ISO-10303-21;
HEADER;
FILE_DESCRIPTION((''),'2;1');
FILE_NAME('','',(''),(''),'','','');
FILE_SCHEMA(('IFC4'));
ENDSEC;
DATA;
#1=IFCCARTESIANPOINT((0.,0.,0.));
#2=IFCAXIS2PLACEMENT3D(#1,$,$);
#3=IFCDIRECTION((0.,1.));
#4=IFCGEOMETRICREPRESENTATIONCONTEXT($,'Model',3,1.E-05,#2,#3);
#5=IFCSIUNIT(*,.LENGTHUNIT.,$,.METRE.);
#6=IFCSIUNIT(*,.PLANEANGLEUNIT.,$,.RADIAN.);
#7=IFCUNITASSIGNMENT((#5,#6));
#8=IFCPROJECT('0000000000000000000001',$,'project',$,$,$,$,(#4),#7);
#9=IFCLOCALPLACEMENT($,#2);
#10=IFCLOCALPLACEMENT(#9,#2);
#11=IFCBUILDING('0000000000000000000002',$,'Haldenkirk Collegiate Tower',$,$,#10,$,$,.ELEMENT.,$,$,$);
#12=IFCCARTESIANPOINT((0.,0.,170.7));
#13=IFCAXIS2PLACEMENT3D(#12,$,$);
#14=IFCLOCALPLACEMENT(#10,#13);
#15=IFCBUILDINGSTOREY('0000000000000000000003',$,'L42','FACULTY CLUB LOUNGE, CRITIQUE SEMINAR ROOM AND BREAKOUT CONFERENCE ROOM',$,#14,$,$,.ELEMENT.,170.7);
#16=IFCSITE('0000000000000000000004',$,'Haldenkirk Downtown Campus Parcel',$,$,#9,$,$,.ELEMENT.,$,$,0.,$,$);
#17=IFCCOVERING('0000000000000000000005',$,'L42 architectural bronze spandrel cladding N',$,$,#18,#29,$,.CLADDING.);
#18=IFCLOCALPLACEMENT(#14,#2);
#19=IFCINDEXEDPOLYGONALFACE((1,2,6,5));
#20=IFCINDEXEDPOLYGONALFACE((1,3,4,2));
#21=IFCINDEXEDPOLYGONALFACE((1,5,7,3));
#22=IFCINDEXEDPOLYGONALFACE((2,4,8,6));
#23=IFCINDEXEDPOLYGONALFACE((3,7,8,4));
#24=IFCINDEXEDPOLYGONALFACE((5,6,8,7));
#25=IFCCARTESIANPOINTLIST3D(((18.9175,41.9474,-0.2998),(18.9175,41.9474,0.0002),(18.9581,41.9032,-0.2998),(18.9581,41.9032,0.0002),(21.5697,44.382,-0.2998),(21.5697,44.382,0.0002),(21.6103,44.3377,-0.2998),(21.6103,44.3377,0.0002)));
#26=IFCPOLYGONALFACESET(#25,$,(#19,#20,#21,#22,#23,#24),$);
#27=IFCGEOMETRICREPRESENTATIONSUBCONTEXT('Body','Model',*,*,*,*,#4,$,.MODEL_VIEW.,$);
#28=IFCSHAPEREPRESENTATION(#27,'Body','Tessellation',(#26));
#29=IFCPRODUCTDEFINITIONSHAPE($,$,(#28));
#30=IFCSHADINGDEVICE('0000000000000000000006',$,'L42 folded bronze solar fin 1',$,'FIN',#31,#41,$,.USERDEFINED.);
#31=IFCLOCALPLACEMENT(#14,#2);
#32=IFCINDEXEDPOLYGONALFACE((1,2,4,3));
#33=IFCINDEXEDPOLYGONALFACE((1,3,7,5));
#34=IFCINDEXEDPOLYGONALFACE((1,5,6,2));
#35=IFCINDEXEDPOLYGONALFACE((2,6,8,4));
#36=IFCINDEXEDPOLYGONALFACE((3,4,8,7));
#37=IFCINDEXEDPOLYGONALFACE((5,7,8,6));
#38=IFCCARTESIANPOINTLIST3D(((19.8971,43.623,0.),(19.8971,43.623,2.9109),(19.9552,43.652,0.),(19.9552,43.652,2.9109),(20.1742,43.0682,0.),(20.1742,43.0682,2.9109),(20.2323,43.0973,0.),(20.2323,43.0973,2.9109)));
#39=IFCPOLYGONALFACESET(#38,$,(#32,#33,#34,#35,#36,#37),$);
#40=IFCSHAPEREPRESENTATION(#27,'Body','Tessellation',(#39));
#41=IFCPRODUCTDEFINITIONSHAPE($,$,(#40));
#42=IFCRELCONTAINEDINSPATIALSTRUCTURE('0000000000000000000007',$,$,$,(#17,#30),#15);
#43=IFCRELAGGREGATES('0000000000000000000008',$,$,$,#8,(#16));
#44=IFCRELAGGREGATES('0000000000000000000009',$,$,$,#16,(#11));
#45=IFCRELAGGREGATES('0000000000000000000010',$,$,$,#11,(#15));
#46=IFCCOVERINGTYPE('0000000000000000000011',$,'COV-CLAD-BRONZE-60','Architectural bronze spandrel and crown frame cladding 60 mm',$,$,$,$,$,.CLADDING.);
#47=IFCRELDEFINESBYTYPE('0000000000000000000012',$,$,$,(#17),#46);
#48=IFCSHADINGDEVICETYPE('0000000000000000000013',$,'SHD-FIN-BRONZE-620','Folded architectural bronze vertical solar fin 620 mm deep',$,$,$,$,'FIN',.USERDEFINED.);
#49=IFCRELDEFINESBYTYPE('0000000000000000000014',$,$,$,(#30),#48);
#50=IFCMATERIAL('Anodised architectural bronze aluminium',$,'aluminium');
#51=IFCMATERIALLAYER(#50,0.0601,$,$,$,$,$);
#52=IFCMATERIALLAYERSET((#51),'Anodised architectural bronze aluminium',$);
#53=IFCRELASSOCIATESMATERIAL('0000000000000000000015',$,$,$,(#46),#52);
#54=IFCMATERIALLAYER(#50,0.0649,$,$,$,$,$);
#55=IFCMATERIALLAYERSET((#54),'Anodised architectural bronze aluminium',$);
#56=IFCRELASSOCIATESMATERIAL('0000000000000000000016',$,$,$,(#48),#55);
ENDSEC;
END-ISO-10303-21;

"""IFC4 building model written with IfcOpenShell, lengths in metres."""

from ifc_helpers import new_model, si_unit, direction, frame, origin, origin_2d, place, context, subcontext, project, spatial, rectangle, extrude, source, transform, mapped, material, layer, layer_set, type_object, element, save


model = new_model("IFC4")

# Units and contexts
model_context = context("Model", 3, precision=1e-05, world=origin(), true_north=direction((0.0, 1.0)))
body_context = subcontext(model_context, "Body", "Model", "MODEL_VIEW")
ifc_project = project(units=[si_unit("LENGTHUNIT", "METRE"), si_unit("PLANEANGLEUNIT", "RADIAN")], contexts=[model_context])

# Site, building, storey
site_placement = place(None, origin())
site = spatial("IfcSite", under=ifc_project, at=site_placement, Name="Haldenkirk Downtown Campus Parcel", CompositionType="ELEMENT", RefElevation=0.0)
building_placement = place(site_placement, origin())
building = spatial("IfcBuilding", under=site, at=building_placement, Name="Haldenkirk Collegiate Tower", CompositionType="ELEMENT")
storey_placement = place(building_placement, frame((0.0, 0.0, 170.7)))
storey = spatial("IfcBuildingStorey", under=building, at=storey_placement, Name="L42", Description="FACULTY CLUB LOUNGE, CRITIQUE SEMINAR ROOM AND BREAKOUT CONFERENCE ROOM", CompositionType="ELEMENT", Elevation=170.7)

# Shared definitions
ifc_material_1 = material(Name="Anodised architectural bronze aluminium", Category="aluminium")

# Covering
ifc_layer_1 = layer(ifc_material_1, 0.0601)
ifc_layer_set_1 = layer_set([ifc_layer_1], Name="Anodised architectural bronze aluminium")
covering_type = type_object("IfcCoveringType", Name="COV-CLAD-BRONZE-60", Description="Architectural bronze spandrel and crown frame cladding 60 mm", PredefinedType="CLADDING", material=ifc_layer_set_1)
shared_shape_1 = source(origin(), body_context, "Body", "SweptSolid", [
    extrude(rectangle(XDim=3.6001, YDim=0.0601, at=origin_2d()), origin(), (0.0, 0.0, 1.0), 0.3),
])
covering_placement = place(storey_placement, frame((20.2639, 43.1426, -0.2998), z_axis=(0.0, 0.0, 1.0), x_axis=(0.736687, 0.676233, 0.0)))
element("IfcCovering", 1, at=covering_placement, inside=storey, type_object=covering_type, Name="L42 architectural bronze spandrel cladding N", PredefinedType="CLADDING", context=body_context, shape_type="MappedRepresentation", body=[
    mapped(shared_shape_1, transform((0.0, 0.0, 0.0), x_axis=(1.0, 0.0, 0.0), y_axis=(0.0, 1.0, 0.0), z_axis=(0.0, 0.0, 1.0), scale=1.0)),
])

# Shading device
ifc_layer_2 = layer(ifc_material_1, 0.0649)
ifc_layer_set_2 = layer_set([ifc_layer_2], Name="Anodised architectural bronze aluminium")
shading_device_type = type_object("IfcShadingDeviceType", Name="SHD-FIN-BRONZE-620", Description="Folded architectural bronze vertical solar fin 620 mm deep", ElementType="FIN", PredefinedType="USERDEFINED", material=ifc_layer_set_2)
shared_shape_2 = source(origin(), body_context, "Body", "SweptSolid", [
    extrude(rectangle(XDim=0.6201, YDim=0.0649, at=origin_2d()), origin(), (0.0, 0.0, 1.0), 2.9109),
])
shading_device_placement = place(storey_placement, frame((20.0647, 43.3601, 0.0), z_axis=(0.0, 0.0, 1.0), x_axis=(-0.446979, 0.894545, 0.0)))
element("IfcShadingDevice", 2, at=shading_device_placement, inside=storey, type_object=shading_device_type, Name="L42 folded bronze solar fin 1", ObjectType="FIN", PredefinedType="USERDEFINED", context=body_context, shape_type="MappedRepresentation", body=[
    mapped(shared_shape_2, transform((0.0, 0.0, 0.0), x_axis=(1.0, 0.0, 0.0), y_axis=(0.0, 1.0, 0.0), z_axis=(0.0, 0.0, 1.0), scale=1.0)),
])

save(model, "model.ifc")
